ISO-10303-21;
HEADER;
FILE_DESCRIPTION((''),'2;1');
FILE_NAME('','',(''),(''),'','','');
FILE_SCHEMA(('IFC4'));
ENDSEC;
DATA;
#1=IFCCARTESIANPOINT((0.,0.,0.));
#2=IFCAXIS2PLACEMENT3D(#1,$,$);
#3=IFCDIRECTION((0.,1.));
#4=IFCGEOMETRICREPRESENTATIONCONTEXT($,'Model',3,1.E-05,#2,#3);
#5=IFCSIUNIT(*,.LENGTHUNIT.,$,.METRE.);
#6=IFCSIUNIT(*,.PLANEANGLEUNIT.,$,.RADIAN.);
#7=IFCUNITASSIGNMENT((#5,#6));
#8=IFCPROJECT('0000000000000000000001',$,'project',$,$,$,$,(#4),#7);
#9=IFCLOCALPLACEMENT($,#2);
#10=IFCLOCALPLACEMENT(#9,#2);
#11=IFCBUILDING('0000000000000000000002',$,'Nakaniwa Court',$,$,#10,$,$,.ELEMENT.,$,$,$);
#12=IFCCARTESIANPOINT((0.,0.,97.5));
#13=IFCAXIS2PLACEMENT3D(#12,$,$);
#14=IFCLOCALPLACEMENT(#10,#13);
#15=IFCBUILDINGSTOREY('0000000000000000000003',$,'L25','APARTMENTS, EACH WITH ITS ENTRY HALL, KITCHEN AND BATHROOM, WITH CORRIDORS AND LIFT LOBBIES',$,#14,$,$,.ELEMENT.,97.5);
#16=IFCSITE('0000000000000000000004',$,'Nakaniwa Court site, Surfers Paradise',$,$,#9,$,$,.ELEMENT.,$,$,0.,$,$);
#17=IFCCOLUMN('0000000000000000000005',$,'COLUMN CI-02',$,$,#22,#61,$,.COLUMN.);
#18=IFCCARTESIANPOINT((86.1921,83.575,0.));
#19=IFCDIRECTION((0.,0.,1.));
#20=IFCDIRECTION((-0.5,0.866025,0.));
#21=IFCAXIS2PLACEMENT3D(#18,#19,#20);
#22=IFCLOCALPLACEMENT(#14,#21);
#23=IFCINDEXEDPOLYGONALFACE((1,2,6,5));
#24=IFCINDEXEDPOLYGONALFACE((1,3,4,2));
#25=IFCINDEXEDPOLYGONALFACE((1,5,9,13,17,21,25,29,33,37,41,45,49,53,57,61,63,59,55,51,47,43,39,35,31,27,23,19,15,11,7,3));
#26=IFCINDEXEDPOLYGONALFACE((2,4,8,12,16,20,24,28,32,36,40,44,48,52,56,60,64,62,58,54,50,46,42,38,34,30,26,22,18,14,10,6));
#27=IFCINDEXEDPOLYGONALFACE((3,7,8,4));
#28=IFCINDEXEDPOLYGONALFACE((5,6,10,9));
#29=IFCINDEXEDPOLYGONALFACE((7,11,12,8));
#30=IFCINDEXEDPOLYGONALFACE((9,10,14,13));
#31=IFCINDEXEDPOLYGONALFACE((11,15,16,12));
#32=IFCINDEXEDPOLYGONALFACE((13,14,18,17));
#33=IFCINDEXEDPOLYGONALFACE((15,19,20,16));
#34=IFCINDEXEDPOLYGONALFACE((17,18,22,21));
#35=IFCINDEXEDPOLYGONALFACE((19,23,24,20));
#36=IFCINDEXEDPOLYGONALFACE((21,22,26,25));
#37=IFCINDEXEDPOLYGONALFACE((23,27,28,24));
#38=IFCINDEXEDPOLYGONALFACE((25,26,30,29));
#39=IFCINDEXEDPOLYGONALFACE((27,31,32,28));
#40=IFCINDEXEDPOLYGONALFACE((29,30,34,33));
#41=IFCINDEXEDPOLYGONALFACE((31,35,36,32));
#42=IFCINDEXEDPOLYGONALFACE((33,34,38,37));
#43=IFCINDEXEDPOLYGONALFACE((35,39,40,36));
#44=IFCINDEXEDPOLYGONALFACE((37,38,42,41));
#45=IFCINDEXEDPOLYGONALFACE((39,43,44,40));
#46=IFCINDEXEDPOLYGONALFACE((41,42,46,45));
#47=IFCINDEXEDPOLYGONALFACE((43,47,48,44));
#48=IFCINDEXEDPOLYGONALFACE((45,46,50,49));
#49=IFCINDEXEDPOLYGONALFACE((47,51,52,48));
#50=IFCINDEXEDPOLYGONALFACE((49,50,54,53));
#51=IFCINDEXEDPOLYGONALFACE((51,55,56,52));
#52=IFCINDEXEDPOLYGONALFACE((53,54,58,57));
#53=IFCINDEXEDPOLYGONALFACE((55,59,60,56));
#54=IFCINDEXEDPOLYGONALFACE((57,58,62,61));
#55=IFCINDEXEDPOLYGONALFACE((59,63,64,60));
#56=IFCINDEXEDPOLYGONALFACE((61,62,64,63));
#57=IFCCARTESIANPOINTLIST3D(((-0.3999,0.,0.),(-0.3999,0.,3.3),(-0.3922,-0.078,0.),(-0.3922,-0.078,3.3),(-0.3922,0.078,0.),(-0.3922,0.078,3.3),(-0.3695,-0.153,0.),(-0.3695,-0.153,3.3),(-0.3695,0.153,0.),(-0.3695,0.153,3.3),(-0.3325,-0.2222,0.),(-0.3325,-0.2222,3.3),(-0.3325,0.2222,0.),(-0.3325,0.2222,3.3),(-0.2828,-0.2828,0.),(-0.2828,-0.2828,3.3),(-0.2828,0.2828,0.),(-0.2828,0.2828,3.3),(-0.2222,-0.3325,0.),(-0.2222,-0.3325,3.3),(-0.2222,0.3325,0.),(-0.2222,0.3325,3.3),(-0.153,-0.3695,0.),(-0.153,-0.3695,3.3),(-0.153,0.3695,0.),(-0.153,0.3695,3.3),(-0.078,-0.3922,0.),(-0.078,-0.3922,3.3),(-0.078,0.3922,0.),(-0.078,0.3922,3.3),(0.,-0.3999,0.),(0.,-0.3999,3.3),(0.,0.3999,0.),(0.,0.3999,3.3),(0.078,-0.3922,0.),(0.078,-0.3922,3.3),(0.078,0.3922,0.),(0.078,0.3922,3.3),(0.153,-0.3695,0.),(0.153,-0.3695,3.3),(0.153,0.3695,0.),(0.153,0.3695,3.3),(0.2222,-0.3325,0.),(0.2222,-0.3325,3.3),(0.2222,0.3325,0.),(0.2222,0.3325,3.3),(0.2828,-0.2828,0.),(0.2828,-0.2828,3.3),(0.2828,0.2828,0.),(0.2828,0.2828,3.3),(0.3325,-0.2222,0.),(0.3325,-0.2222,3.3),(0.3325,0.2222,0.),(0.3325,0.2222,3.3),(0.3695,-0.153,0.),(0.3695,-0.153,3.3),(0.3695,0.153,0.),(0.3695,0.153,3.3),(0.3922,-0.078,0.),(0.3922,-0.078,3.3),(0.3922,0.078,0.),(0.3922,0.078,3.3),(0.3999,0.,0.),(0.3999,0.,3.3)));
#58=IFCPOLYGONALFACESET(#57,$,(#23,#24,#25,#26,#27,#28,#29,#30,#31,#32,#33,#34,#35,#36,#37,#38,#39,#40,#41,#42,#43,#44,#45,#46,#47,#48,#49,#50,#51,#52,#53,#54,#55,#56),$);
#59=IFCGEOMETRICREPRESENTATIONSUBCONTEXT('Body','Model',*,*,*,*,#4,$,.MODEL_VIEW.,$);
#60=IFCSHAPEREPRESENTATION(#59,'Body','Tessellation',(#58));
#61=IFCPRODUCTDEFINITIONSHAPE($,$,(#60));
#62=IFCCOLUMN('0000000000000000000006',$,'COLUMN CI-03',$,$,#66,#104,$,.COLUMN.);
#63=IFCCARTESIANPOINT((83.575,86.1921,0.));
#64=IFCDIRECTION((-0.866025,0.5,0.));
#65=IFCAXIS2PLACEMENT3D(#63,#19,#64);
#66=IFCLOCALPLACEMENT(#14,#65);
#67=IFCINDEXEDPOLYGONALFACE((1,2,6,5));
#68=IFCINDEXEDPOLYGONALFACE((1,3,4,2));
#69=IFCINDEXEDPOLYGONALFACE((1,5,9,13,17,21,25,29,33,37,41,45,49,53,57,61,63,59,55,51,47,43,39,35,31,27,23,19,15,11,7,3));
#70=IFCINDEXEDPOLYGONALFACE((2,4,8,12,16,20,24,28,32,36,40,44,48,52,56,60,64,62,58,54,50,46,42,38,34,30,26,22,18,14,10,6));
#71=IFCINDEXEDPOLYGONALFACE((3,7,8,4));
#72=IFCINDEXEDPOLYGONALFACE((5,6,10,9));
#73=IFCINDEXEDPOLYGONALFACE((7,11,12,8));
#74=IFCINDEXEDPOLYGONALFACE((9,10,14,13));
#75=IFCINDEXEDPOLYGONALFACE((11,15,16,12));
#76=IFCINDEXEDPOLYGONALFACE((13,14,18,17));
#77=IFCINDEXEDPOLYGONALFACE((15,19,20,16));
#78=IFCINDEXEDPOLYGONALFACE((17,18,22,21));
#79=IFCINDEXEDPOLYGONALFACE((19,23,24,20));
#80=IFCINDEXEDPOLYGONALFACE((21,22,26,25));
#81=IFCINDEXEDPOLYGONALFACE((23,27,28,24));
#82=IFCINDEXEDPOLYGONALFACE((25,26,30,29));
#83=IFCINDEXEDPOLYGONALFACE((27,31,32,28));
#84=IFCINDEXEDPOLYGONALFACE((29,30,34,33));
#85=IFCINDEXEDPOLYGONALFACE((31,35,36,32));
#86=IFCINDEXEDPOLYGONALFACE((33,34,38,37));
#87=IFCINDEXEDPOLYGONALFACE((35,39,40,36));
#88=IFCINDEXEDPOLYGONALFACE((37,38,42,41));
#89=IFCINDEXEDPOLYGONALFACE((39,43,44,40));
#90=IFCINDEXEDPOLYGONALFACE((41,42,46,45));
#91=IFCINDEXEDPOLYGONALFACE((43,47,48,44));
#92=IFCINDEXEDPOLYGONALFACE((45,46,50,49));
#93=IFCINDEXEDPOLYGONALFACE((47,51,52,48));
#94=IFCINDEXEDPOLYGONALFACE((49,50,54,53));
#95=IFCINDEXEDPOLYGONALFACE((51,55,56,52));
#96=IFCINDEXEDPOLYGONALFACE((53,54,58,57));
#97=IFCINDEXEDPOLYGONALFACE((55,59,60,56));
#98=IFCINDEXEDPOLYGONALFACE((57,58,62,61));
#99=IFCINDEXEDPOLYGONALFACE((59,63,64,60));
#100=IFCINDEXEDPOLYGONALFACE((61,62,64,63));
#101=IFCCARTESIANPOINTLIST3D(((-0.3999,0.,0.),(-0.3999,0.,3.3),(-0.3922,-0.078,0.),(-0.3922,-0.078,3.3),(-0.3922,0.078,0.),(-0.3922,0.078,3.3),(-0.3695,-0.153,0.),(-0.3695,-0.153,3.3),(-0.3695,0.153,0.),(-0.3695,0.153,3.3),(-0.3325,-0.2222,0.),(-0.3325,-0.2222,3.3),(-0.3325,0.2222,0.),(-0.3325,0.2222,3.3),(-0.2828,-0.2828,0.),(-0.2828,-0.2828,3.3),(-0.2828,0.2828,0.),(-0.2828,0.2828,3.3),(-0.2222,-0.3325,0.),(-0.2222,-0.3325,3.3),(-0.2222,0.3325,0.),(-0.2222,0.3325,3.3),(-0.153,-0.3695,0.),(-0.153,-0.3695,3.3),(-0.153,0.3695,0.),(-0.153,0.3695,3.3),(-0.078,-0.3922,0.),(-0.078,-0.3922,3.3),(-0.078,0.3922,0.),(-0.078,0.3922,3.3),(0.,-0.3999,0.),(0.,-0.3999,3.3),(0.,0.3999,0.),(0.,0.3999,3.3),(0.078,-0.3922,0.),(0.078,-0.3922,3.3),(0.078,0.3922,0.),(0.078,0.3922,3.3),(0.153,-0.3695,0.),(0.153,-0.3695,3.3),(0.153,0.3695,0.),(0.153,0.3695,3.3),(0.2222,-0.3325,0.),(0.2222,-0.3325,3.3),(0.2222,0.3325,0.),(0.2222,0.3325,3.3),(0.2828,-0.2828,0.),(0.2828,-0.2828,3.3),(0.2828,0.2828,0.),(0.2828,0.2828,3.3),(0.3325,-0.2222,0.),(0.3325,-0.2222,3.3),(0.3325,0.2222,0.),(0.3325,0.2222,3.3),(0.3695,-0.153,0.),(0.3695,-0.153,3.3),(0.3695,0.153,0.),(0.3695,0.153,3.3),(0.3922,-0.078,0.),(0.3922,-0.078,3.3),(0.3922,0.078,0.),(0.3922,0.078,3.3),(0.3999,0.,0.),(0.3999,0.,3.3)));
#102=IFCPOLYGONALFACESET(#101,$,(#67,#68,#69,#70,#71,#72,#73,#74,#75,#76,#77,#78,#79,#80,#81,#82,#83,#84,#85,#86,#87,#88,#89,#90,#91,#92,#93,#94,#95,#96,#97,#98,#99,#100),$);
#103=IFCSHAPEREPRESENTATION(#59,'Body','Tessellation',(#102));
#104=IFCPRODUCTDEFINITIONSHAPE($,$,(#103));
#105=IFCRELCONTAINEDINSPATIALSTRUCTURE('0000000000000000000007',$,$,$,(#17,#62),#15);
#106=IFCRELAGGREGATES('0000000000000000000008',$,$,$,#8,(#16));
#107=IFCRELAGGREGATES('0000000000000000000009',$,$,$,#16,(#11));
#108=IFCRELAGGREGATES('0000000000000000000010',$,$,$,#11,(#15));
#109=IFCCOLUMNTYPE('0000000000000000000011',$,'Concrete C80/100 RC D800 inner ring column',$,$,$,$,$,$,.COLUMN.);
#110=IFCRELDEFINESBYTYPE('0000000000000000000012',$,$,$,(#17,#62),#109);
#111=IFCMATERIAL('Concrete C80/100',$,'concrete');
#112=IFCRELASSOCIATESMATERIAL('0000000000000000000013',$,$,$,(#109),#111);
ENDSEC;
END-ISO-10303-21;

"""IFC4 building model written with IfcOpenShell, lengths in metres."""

from ifc_helpers import new_model, si_unit, direction, frame, origin, origin_2d, place, context, subcontext, project, spatial, circle, extrude, material, material_profile, profile_set, type_object, element, save


model = new_model("IFC4")

# Units and contexts
model_context = context("Model", 3, precision=1e-05, world=origin(), true_north=direction((0.0, 1.0)))
body_context = subcontext(model_context, "Body", "Model", "MODEL_VIEW")
ifc_project = project(units=[si_unit("LENGTHUNIT", "METRE"), si_unit("PLANEANGLEUNIT", "RADIAN")], contexts=[model_context])

# Site, building, storey
site_placement = place(None, origin())
site = spatial("IfcSite", under=ifc_project, at=site_placement, Name="Nakaniwa Court site, Surfers Paradise", CompositionType="ELEMENT", RefElevation=0.0)
building_placement = place(site_placement, origin())
building = spatial("IfcBuilding", under=site, at=building_placement, Name="Nakaniwa Court", CompositionType="ELEMENT")
storey_placement = place(building_placement, frame((0.0, 0.0, 97.5)))
storey = spatial("IfcBuildingStorey", under=building, at=storey_placement, Name="L25", Description="APARTMENTS, EACH WITH ITS ENTRY HALL, KITCHEN AND BATHROOM, WITH CORRIDORS AND LIFT LOBBIES", CompositionType="ELEMENT", Elevation=97.5)

# Columns
ifc_material_1 = material(Name="Concrete C80/100", Category="concrete")
ifc_material_profile_1 = material_profile(ifc_material_1, circle(Radius=0.3999, at=origin_2d()), Name="Concrete C80/100 RC D800 inner ring column")
ifc_profile_set_1 = profile_set([ifc_material_profile_1], Name="Concrete C80/100")
column_type = type_object("IfcColumnType", Name="Concrete C80/100 RC D800 inner ring column", PredefinedType="COLUMN", material=ifc_profile_set_1)
for number, where, z_axis, x_axis, name in (
    (1, (86.1921, 83.575, 0.0), (0.0, 0.0, 1.0), (-0.5, 0.866025, 0.0), "COLUMN CI-02"),
    (2, (83.575, 86.1921, 0.0), (0.0, 0.0, 1.0), (-0.866025, 0.5, 0.0), "COLUMN CI-03"),
):
    element("IfcColumn", number, at=place(storey_placement, frame(where, z_axis=z_axis, x_axis=x_axis)), inside=storey, type_object=column_type, Name=name, PredefinedType="COLUMN", context=body_context, shape_type="SweptSolid", body=[
        extrude(circle(Radius=0.3999, at=origin_2d()), origin(), (0.0, 0.0, 1.0), 3.3),
    ])

save(model, "model.ifc")
